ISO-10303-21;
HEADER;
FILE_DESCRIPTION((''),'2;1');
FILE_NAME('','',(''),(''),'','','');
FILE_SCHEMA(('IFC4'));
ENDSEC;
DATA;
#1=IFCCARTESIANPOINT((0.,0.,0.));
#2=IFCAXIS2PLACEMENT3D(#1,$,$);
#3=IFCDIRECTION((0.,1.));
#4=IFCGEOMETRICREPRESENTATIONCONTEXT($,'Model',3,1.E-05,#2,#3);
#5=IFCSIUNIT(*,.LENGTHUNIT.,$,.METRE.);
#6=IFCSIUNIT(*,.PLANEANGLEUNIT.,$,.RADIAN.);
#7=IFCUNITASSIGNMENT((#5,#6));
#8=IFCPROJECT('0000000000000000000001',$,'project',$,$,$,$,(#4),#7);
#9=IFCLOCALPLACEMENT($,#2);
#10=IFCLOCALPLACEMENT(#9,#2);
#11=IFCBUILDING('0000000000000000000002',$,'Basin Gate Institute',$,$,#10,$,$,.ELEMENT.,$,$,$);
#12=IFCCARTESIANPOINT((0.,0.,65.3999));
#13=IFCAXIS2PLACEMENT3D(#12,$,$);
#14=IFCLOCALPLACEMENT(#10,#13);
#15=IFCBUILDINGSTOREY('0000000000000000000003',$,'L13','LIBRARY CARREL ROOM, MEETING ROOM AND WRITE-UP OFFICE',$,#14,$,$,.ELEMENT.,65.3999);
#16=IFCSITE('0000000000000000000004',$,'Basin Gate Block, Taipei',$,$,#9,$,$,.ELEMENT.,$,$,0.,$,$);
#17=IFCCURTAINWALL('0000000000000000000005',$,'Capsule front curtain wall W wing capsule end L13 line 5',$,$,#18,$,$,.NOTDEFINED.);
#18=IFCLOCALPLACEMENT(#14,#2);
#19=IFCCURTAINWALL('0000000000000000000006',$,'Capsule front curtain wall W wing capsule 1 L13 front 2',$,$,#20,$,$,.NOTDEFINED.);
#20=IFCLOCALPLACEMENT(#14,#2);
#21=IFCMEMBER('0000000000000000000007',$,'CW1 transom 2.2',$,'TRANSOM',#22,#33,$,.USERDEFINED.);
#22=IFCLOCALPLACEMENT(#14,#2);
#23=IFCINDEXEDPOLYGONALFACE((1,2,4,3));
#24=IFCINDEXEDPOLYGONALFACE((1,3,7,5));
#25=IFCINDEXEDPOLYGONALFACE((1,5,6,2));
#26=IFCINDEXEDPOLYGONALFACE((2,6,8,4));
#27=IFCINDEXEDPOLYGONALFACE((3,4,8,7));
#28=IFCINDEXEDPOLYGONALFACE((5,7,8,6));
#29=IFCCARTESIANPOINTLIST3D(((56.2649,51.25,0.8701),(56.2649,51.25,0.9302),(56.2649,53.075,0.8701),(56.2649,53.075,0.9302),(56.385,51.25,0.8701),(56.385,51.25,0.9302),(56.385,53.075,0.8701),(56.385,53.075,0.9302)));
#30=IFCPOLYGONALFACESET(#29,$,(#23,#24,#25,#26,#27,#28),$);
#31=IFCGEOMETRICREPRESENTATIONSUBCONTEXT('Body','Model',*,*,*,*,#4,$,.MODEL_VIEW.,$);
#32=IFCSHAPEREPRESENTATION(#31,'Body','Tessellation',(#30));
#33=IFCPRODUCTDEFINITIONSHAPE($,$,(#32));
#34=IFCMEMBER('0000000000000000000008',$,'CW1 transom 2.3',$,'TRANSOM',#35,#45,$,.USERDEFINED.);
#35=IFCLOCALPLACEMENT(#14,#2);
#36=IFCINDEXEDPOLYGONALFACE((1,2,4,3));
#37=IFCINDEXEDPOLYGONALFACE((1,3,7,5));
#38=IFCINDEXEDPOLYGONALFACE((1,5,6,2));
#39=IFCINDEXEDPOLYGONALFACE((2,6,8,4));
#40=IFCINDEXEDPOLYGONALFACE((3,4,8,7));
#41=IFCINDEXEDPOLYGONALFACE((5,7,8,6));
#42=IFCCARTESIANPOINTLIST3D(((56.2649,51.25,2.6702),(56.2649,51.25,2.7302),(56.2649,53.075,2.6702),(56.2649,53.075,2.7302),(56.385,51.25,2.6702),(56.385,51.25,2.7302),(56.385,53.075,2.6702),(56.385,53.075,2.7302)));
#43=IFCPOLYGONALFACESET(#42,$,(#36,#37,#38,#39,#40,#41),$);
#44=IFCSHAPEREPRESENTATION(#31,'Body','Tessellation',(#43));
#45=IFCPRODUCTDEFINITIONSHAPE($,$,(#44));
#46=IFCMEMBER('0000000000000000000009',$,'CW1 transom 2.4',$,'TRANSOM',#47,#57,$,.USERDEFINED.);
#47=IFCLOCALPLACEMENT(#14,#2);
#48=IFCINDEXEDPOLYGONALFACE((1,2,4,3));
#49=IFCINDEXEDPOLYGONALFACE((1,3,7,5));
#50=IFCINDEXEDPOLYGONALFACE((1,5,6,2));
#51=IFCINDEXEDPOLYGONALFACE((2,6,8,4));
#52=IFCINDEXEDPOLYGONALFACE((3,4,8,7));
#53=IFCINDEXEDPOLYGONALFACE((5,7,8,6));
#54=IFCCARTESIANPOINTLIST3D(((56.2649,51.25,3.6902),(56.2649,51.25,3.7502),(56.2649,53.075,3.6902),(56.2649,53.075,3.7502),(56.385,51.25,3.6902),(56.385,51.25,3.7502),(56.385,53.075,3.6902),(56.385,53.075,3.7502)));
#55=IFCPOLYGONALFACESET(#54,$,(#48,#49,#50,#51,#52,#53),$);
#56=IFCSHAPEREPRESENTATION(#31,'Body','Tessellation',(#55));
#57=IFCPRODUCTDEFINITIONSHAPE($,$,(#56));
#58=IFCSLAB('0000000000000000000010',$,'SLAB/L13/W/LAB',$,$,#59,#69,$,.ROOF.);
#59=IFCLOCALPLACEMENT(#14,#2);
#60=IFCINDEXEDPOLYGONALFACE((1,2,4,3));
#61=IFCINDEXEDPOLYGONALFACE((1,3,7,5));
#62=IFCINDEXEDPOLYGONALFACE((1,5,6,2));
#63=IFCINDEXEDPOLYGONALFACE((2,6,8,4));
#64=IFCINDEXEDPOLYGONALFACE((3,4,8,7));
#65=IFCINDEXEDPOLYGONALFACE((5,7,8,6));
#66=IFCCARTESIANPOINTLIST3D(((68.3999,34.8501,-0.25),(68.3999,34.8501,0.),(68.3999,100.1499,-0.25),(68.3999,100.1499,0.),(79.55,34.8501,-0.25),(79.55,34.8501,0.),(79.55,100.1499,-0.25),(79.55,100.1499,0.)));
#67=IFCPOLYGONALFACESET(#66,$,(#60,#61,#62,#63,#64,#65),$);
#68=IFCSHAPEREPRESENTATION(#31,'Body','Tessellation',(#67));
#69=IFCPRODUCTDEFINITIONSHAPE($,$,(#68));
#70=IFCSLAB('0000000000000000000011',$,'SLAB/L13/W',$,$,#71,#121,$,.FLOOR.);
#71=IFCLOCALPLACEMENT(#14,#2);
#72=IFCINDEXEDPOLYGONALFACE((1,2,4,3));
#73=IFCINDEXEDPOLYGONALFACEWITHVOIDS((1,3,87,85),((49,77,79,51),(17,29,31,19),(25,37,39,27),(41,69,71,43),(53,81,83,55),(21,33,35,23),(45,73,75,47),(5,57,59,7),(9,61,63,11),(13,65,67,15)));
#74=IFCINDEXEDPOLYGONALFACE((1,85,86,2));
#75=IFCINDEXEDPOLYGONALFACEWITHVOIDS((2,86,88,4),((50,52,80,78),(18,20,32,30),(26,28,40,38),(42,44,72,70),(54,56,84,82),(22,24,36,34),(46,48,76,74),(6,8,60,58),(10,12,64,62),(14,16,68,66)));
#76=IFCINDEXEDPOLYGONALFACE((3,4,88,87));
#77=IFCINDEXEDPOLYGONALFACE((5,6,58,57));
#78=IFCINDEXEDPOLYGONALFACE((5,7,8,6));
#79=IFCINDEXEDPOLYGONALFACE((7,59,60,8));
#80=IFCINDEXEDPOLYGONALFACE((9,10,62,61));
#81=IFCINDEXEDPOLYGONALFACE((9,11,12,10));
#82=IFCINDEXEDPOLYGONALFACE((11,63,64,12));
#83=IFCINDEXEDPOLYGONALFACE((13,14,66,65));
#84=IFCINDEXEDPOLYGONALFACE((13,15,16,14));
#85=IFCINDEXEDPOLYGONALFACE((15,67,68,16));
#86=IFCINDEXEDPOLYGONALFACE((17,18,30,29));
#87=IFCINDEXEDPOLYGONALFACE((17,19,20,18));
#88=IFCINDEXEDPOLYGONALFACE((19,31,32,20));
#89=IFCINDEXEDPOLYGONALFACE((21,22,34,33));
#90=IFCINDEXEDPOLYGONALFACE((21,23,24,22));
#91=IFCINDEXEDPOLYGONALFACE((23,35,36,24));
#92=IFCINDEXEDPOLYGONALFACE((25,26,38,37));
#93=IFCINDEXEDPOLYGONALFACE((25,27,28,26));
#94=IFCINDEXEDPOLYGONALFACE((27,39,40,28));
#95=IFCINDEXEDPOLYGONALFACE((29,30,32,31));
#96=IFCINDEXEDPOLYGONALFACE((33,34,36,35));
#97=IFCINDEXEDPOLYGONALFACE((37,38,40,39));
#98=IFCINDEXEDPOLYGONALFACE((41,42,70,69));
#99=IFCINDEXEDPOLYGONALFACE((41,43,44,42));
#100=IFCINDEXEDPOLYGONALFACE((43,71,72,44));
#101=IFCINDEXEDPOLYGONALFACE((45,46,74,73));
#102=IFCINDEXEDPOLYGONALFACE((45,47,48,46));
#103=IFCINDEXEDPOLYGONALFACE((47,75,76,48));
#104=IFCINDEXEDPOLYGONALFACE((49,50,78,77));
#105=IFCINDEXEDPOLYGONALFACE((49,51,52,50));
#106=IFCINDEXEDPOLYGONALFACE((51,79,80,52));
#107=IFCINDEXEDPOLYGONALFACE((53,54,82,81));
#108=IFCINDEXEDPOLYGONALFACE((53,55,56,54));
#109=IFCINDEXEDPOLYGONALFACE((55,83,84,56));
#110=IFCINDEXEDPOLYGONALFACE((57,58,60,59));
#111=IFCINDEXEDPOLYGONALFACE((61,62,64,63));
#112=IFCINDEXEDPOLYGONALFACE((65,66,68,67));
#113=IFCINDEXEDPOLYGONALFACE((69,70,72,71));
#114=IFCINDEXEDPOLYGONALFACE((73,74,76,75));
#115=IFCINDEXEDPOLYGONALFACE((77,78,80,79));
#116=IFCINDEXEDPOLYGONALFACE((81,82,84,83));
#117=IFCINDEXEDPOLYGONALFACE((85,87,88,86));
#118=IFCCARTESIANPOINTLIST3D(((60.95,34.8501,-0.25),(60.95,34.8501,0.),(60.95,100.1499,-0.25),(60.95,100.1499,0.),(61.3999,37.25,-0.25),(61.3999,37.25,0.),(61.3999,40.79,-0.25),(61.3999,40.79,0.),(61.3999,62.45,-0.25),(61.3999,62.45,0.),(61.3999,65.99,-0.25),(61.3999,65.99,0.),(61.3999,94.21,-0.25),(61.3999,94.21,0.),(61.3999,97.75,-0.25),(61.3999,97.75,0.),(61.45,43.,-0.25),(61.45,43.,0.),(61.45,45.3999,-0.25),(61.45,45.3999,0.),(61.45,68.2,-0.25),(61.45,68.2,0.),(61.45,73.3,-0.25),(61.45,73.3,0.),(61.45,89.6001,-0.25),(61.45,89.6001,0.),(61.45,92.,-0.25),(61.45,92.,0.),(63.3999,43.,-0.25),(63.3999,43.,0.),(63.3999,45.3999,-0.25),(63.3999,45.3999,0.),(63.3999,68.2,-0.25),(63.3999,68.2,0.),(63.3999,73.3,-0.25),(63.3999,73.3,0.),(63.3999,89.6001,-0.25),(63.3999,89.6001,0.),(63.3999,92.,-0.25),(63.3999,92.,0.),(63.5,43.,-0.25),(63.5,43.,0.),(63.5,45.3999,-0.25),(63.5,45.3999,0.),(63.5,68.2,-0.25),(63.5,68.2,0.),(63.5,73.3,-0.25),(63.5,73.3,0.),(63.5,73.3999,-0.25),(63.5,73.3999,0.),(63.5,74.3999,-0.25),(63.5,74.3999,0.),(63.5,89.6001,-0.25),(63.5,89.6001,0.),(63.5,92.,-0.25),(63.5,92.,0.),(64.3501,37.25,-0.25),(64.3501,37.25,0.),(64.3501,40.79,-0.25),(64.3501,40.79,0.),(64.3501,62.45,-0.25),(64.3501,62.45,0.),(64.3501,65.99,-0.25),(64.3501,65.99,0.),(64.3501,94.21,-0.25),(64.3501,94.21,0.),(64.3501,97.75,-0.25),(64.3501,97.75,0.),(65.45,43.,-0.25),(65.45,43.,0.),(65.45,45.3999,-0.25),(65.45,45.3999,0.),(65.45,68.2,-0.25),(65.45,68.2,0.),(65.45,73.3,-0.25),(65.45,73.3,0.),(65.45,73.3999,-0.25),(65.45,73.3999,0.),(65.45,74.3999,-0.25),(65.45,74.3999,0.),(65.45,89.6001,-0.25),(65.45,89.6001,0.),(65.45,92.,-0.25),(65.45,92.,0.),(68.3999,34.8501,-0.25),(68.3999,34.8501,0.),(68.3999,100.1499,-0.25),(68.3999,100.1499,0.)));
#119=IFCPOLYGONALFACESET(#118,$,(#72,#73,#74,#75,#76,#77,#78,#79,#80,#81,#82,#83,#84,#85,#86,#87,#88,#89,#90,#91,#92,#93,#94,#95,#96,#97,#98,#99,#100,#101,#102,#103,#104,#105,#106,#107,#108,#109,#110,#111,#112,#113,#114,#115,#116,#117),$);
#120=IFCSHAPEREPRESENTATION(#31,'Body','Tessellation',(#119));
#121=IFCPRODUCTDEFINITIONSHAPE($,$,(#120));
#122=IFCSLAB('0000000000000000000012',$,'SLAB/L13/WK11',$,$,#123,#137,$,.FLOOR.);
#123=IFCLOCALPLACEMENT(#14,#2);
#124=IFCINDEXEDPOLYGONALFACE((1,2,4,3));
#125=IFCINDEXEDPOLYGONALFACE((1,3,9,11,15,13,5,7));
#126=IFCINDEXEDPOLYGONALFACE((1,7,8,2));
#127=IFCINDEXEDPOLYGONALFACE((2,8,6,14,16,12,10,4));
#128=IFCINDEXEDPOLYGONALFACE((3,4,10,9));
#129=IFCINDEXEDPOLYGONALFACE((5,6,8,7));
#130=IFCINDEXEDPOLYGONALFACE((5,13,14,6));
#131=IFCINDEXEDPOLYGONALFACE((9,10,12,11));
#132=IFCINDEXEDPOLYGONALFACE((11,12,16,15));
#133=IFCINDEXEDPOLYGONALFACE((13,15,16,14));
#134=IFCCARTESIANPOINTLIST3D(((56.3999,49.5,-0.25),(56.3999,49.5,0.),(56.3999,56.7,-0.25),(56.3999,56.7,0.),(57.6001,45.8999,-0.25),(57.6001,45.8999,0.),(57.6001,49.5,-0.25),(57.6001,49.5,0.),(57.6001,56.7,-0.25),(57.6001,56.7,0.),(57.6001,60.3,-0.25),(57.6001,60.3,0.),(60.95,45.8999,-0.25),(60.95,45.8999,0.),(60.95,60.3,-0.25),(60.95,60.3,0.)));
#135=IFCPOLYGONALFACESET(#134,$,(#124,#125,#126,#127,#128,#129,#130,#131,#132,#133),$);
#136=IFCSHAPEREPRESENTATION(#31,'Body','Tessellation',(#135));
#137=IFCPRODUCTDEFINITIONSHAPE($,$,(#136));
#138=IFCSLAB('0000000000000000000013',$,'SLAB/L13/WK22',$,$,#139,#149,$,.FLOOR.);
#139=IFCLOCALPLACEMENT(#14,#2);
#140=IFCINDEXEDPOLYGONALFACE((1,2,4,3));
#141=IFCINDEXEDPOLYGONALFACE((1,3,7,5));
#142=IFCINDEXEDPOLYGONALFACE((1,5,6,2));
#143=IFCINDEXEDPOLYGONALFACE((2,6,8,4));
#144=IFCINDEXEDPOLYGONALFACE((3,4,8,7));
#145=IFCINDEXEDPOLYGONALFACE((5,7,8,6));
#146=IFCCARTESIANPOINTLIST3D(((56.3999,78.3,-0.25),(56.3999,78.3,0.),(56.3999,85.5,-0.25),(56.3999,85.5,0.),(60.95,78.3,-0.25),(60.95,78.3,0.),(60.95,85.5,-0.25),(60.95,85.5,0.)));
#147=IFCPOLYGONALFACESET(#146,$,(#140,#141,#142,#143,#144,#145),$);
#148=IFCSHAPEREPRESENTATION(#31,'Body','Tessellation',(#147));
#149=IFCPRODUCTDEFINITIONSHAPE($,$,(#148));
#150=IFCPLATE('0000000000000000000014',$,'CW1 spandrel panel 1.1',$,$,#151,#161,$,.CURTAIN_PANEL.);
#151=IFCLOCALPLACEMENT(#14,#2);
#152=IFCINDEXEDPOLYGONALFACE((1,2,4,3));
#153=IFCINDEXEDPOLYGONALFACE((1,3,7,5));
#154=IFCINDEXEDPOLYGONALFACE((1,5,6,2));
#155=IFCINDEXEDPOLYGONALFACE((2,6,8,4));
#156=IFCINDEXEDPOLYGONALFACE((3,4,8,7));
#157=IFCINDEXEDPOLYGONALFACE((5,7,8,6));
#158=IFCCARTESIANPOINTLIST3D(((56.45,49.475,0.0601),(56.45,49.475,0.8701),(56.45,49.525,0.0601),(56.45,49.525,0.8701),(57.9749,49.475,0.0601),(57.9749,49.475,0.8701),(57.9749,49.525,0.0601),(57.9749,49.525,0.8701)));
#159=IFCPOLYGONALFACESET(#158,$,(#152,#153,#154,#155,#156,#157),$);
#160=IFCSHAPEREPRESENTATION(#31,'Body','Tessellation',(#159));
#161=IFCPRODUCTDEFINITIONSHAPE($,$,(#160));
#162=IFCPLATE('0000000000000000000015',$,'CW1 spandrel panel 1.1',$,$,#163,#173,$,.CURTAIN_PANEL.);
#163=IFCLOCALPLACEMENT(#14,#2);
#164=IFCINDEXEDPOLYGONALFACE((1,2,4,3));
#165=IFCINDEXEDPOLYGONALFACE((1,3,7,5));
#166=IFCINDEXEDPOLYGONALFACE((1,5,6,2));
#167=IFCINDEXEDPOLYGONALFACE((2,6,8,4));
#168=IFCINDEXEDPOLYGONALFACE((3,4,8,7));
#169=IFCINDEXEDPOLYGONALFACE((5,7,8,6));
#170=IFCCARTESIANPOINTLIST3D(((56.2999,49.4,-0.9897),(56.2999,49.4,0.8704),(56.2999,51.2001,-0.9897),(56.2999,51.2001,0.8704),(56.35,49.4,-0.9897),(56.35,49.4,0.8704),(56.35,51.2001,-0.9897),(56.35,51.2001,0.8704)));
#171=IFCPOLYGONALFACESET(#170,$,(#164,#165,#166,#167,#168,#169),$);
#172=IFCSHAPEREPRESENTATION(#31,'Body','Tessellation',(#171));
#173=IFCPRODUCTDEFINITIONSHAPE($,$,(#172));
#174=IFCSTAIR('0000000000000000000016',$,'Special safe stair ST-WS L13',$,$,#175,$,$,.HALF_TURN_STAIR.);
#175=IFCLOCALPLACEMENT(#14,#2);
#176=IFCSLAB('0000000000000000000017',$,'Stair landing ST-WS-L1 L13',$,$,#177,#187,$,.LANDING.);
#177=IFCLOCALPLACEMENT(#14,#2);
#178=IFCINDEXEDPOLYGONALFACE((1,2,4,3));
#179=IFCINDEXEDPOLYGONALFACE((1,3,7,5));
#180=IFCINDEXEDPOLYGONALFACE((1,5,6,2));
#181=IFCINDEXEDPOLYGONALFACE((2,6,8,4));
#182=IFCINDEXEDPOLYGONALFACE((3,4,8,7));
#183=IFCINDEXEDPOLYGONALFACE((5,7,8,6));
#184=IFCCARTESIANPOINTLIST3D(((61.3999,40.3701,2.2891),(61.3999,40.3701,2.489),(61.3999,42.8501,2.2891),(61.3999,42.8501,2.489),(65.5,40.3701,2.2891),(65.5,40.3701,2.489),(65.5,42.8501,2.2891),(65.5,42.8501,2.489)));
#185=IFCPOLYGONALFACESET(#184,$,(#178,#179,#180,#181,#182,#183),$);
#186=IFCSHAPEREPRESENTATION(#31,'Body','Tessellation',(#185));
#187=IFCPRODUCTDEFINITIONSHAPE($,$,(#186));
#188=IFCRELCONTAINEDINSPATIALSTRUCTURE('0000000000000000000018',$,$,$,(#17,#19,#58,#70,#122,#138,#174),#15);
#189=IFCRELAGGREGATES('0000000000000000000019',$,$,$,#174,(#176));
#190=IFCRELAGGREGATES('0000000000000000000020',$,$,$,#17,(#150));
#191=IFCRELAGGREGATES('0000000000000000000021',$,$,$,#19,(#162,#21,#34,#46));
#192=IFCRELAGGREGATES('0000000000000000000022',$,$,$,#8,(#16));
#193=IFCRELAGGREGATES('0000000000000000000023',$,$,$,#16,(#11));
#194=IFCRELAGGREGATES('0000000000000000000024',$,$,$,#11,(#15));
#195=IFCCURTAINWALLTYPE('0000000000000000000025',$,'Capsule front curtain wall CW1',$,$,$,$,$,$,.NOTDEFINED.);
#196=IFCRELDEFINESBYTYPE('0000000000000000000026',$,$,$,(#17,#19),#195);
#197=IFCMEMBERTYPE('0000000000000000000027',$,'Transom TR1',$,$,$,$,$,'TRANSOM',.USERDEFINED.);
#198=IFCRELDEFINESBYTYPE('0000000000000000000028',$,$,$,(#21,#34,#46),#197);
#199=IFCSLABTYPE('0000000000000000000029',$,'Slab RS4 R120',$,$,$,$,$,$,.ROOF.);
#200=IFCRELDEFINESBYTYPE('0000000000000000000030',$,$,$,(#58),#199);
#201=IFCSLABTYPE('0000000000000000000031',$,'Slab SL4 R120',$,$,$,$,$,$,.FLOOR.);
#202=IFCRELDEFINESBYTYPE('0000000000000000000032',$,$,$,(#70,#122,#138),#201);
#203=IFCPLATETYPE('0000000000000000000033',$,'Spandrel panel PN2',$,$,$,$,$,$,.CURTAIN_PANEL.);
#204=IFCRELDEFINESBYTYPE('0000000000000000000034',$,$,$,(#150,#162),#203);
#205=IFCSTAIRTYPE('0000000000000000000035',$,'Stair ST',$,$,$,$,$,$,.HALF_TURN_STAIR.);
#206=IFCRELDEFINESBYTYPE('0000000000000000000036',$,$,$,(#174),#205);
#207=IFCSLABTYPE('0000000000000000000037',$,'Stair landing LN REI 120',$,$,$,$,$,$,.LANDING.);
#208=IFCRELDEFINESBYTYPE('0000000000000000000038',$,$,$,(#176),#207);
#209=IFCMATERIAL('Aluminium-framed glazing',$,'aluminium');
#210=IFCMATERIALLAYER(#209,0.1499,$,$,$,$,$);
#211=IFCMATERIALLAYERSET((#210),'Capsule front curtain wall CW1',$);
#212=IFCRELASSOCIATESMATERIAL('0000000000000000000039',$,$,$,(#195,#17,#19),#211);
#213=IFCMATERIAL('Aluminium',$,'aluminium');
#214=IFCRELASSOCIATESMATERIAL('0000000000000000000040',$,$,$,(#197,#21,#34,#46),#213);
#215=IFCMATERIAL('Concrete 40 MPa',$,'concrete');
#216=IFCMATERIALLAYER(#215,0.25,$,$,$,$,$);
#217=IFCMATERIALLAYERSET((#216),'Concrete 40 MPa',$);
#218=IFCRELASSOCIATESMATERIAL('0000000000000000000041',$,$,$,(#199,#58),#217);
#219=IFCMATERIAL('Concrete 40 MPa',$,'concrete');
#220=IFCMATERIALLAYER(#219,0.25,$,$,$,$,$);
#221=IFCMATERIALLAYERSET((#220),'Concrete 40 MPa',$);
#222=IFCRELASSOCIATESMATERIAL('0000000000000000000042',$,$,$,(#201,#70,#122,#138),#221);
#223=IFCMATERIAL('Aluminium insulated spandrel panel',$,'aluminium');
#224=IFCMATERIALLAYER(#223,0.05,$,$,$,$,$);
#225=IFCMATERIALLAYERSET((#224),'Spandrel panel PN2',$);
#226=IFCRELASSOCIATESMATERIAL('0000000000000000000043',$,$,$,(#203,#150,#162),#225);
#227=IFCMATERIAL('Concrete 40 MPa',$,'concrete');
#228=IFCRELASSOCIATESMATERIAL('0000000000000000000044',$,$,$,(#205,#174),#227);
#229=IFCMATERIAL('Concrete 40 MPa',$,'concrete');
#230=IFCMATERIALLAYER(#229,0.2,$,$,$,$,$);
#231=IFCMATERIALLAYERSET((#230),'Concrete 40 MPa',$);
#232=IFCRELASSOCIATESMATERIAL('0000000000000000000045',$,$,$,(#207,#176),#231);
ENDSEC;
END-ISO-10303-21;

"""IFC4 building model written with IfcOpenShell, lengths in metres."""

from ifc_helpers import new_model, si_unit, direction, frame, origin, origin_2d, place, context, subcontext, project, spatial, polyline, rectangle, outline, extrude, material, layer, layer_set, material_profile, profile_set, type_object, element, aggregate, save


model = new_model("IFC4")

# Units and contexts
model_context = context("Model", 3, precision=1e-05, world=origin(), true_north=direction((0.0, 1.0)))
body_context = subcontext(model_context, "Body", "Model", "MODEL_VIEW")
ifc_project = project(units=[si_unit("LENGTHUNIT", "METRE"), si_unit("PLANEANGLEUNIT", "RADIAN")], contexts=[model_context])

# Site, building, storey
site_placement = place(None, origin())
site = spatial("IfcSite", under=ifc_project, at=site_placement, Name="Basin Gate Block, Taipei", CompositionType="ELEMENT", RefElevation=0.0)
building_placement = place(site_placement, origin())
building = spatial("IfcBuilding", under=site, at=building_placement, Name="Basin Gate Institute", CompositionType="ELEMENT")
storey_placement = place(building_placement, frame((0.0, 0.0, 65.3999)))
storey = spatial("IfcBuildingStorey", under=building, at=storey_placement, Name="L13", Description="LIBRARY CARREL ROOM, MEETING ROOM AND WRITE-UP OFFICE", CompositionType="ELEMENT", Elevation=65.3999)

# Curtain wall
ifc_material_1 = material(Name="Aluminium-framed glazing", Category="aluminium")
ifc_layer_1 = layer(ifc_material_1, 0.1499)
ifc_layer_set_1 = layer_set([ifc_layer_1], Name="Capsule front curtain wall CW1")
curtain_wall_type = type_object("IfcCurtainWallType", Name="Capsule front curtain wall CW1", PredefinedType="NOTDEFINED", material=ifc_layer_set_1)
curtain_wall_1_placement = place(storey_placement, origin())
curtain_wall_1 = element("IfcCurtainWall", 1, at=curtain_wall_1_placement, inside=storey, type_object=curtain_wall_type, material=ifc_layer_set_1, Name="Capsule front curtain wall W wing capsule end L13 line 5", PredefinedType="NOTDEFINED")

# Curtain wall
curtain_wall_2_placement = place(storey_placement, origin())
curtain_wall_2 = element("IfcCurtainWall", 2, at=curtain_wall_2_placement, inside=storey, type_object=curtain_wall_type, material=ifc_layer_set_1, Name="Capsule front curtain wall W wing capsule 1 L13 front 2", PredefinedType="NOTDEFINED")

# Members
ifc_material_2 = material(Name="Aluminium", Category="aluminium")
ifc_material_profile_1 = material_profile(ifc_material_2, rectangle(XDim=0.1201, YDim=0.0601, at=origin_2d()), Name="Transom TR1 120 x 60")
ifc_profile_set_1 = profile_set([ifc_material_profile_1], Name="Aluminium")
member_type_1 = type_object("IfcMemberType", Name="Transom TR1", ElementType="TRANSOM", PredefinedType="USERDEFINED", material=ifc_profile_set_1)
member_1_placement = place(storey_placement, frame((56.325, 51.25, 0.9001), z_axis=(0.0, 1.0, 0.0), x_axis=(-1.0, 0.0, 0.0)))
member_1 = element("IfcMember", 3, at=member_1_placement, type_object=member_type_1, material=ifc_profile_set_1, Name="CW1 transom 2.2", ObjectType="TRANSOM", PredefinedType="USERDEFINED", context=body_context, shape_type="SweptSolid", body=[
    extrude(rectangle(XDim=0.1201, YDim=0.0601, at=origin_2d()), origin(), (0.0, 0.0, 1.0), 1.825),
])
member_2_placement = place(storey_placement, frame((56.325, 51.25, 2.7002), z_axis=(0.0, 1.0, 0.0), x_axis=(-1.0, 0.0, 0.0)))
member_2 = element("IfcMember", 4, at=member_2_placement, type_object=member_type_1, material=ifc_profile_set_1, Name="CW1 transom 2.3", ObjectType="TRANSOM", PredefinedType="USERDEFINED", context=body_context, shape_type="SweptSolid", body=[
    extrude(rectangle(XDim=0.1201, YDim=0.0601, at=origin_2d()), origin(), (0.0, 0.0, 1.0), 1.825),
])
member_3_placement = place(storey_placement, frame((56.325, 51.25, 3.7202), z_axis=(0.0, 1.0, 0.0), x_axis=(-1.0, 0.0, 0.0)))
member_3 = element("IfcMember", 5, at=member_3_placement, type_object=member_type_1, material=ifc_profile_set_1, Name="CW1 transom 2.4", ObjectType="TRANSOM", PredefinedType="USERDEFINED", context=body_context, shape_type="SweptSolid", body=[
    extrude(rectangle(XDim=0.1201, YDim=0.0601, at=origin_2d()), origin(), (0.0, 0.0, 1.0), 1.825),
])

# Slabs
ifc_material_3 = material(Name="Concrete 40 MPa", Category="concrete")
ifc_layer_2 = layer(ifc_material_3, 0.25)
ifc_layer_set_2 = layer_set([ifc_layer_2], Name="Concrete 40 MPa")
slab_type_1 = type_object("IfcSlabType", Name="Slab RS4 R120", PredefinedType="ROOF", material=ifc_layer_set_2)
slab_1_placement = place(storey_placement, frame((0.0, 0.0, -0.25)))
element("IfcSlab", 6, at=slab_1_placement, inside=storey, type_object=slab_type_1, material=ifc_layer_set_2, Name="SLAB/L13/W/LAB", PredefinedType="ROOF", context=body_context, shape_type="SweptSolid", body=[
    extrude(outline(polyline([(68.3999, 34.8501), (79.55, 34.8501), (79.55, 100.1499), (68.3999, 100.1499), (68.3999, 34.8501)])), origin(), (0.0, 0.0, 1.0), 0.25),
])
ifc_material_4 = material(Name="Concrete 40 MPa", Category="concrete")
ifc_layer_3 = layer(ifc_material_4, 0.25)
ifc_layer_set_3 = layer_set([ifc_layer_3], Name="Concrete 40 MPa")
slab_type_2 = type_object("IfcSlabType", Name="Slab SL4 R120", PredefinedType="FLOOR", material=ifc_layer_set_3)
slab_2_placement = place(storey_placement, frame((0.0, 0.0, -0.25)))
element("IfcSlab", 7, at=slab_2_placement, inside=storey, type_object=slab_type_2, material=ifc_layer_set_3, Name="SLAB/L13/W", PredefinedType="FLOOR", context=body_context, shape_type="SweptSolid", body=[
    extrude(outline(polyline([(60.95, 34.8501), (68.3999, 34.8501), (68.3999, 100.1499), (60.95, 100.1499), (60.95, 34.8501)]), holes=[polyline([(61.3999, 37.25), (64.3501, 37.25), (64.3501, 40.79), (61.3999, 40.79), (61.3999, 37.25)]), polyline([(61.3999, 62.45), (64.3501, 62.45), (64.3501, 65.99), (61.3999, 65.99), (61.3999, 62.45)]), polyline([(61.3999, 94.21), (64.3501, 94.21), (64.3501, 97.75), (61.3999, 97.75), (61.3999, 94.21)]), polyline([(61.45, 43.0), (63.3999, 43.0), (63.3999, 45.3999), (61.45, 45.3999), (61.45, 43.0)]), polyline([(61.45, 68.2), (63.3999, 68.2), (63.3999, 73.3), (61.45, 73.3), (61.45, 68.2)]), polyline([(63.5, 73.3999), (65.45, 73.3999), (65.45, 74.3999), (63.5, 74.3999), (63.5, 73.3999)]), polyline([(61.45, 89.6001), (63.3999, 89.6001), (63.3999, 92.0), (61.45, 92.0), (61.45, 89.6001)]), polyline([(63.5, 43.0), (65.45, 43.0), (65.45, 45.3999), (63.5, 45.3999), (63.5, 43.0)]), polyline([(65.45, 68.2), (63.5, 68.2), (63.5, 73.3), (65.45, 73.3), (65.45, 68.2)]), polyline([(63.5, 89.6001), (65.45, 89.6001), (65.45, 92.0), (63.5, 92.0), (63.5, 89.6001)])]), origin(), (0.0, 0.0, 1.0), 0.25),
])
slab_3_placement = place(storey_placement, frame((0.0, 0.0, -0.25)))
element("IfcSlab", 8, at=slab_3_placement, inside=storey, type_object=slab_type_2, material=ifc_layer_set_3, Name="SLAB/L13/WK11", PredefinedType="FLOOR", context=body_context, shape_type="SweptSolid", body=[
    extrude(outline(polyline([(57.6001, 45.8999), (57.6001, 49.5), (56.3999, 49.5), (56.3999, 56.7), (57.6001, 56.7), (57.6001, 60.3), (60.95, 60.3), (60.95, 45.8999), (57.6001, 45.8999)])), origin(), (0.0, 0.0, 1.0), 0.25),
])
slab_4_placement = place(storey_placement, frame((0.0, 0.0, -0.25)))
element("IfcSlab", 9, at=slab_4_placement, inside=storey, type_object=slab_type_2, material=ifc_layer_set_3, Name="SLAB/L13/WK22", PredefinedType="FLOOR", context=body_context, shape_type="SweptSolid", body=[
    extrude(outline(polyline([(60.95, 78.3), (56.3999, 78.3), (56.3999, 85.5), (60.95, 85.5), (60.95, 78.3)])), origin(), (0.0, 0.0, 1.0), 0.25),
])

# Plates
ifc_material_5 = material(Name="Aluminium insulated spandrel panel", Category="aluminium")
ifc_layer_4 = layer(ifc_material_5, 0.05)
ifc_layer_set_4 = layer_set([ifc_layer_4], Name="Spandrel panel PN2")
plate_type_1 = type_object("IfcPlateType", Name="Spandrel panel PN2", PredefinedType="CURTAIN_PANEL", material=ifc_layer_set_4)
plate_1_placement = place(storey_placement, frame((57.2124, 49.5, 0.0601), z_axis=(0.0, 0.0, 1.0), x_axis=(1.0, 0.0, 0.0)))
plate_1 = element("IfcPlate", 10, at=plate_1_placement, type_object=plate_type_1, material=ifc_layer_set_4, Name="CW1 spandrel panel 1.1", PredefinedType="CURTAIN_PANEL", context=body_context, shape_type="SweptSolid", body=[
    extrude(rectangle(XDim=1.5249, YDim=0.05, at=origin_2d()), origin(), (0.0, 0.0, 1.0), 0.8101),
])
plate_2_placement = place(storey_placement, frame((56.325, 50.3, -0.9897), z_axis=(0.0, 0.0, 1.0), x_axis=(0.0, 1.0, 0.0)))
plate_2 = element("IfcPlate", 11, at=plate_2_placement, type_object=plate_type_1, material=ifc_layer_set_4, Name="CW1 spandrel panel 1.1", PredefinedType="CURTAIN_PANEL", context=body_context, shape_type="SweptSolid", body=[
    extrude(rectangle(XDim=1.8, YDim=0.05, at=origin_2d()), origin(), (0.0, 0.0, 1.0), 1.8601),
])

# Stair, slab
ifc_material_6 = material(Name="Concrete 40 MPa", Category="concrete")
stair_type = type_object("IfcStairType", Name="Stair ST", PredefinedType="HALF_TURN_STAIR", material=ifc_material_6)
stair_1_placement = place(storey_placement, origin())
stair_1 = element("IfcStair", 12, at=stair_1_placement, inside=storey, type_object=stair_type, material=ifc_material_6, Name="Special safe stair ST-WS L13", PredefinedType="HALF_TURN_STAIR")
ifc_material_7 = material(Name="Concrete 40 MPa", Category="concrete")
ifc_layer_5 = layer(ifc_material_7, 0.2)
ifc_layer_set_5 = layer_set([ifc_layer_5], Name="Concrete 40 MPa")
slab_type_3 = type_object("IfcSlabType", Name="Stair landing LN REI 120", PredefinedType="LANDING", material=ifc_layer_set_5)
slab_5_placement = place(storey_placement, frame((0.0, 0.0, 2.2891)))
slab_5 = element("IfcSlab", 13, at=slab_5_placement, type_object=slab_type_3, material=ifc_layer_set_5, Name="Stair landing ST-WS-L1 L13", PredefinedType="LANDING", context=body_context, shape_type="SweptSolid", body=[
    extrude(outline(polyline([(61.3999, 40.3701), (65.5, 40.3701), (65.5, 42.8501), (61.3999, 42.8501), (61.3999, 40.3701)])), origin(), (0.0, 0.0, 1.0), 0.2),
])
aggregate(stair_1, [slab_5])

aggregate(curtain_wall_1, [plate_1])
aggregate(curtain_wall_2, [plate_2, member_1, member_2, member_3])

save(model, "model.ifc")
